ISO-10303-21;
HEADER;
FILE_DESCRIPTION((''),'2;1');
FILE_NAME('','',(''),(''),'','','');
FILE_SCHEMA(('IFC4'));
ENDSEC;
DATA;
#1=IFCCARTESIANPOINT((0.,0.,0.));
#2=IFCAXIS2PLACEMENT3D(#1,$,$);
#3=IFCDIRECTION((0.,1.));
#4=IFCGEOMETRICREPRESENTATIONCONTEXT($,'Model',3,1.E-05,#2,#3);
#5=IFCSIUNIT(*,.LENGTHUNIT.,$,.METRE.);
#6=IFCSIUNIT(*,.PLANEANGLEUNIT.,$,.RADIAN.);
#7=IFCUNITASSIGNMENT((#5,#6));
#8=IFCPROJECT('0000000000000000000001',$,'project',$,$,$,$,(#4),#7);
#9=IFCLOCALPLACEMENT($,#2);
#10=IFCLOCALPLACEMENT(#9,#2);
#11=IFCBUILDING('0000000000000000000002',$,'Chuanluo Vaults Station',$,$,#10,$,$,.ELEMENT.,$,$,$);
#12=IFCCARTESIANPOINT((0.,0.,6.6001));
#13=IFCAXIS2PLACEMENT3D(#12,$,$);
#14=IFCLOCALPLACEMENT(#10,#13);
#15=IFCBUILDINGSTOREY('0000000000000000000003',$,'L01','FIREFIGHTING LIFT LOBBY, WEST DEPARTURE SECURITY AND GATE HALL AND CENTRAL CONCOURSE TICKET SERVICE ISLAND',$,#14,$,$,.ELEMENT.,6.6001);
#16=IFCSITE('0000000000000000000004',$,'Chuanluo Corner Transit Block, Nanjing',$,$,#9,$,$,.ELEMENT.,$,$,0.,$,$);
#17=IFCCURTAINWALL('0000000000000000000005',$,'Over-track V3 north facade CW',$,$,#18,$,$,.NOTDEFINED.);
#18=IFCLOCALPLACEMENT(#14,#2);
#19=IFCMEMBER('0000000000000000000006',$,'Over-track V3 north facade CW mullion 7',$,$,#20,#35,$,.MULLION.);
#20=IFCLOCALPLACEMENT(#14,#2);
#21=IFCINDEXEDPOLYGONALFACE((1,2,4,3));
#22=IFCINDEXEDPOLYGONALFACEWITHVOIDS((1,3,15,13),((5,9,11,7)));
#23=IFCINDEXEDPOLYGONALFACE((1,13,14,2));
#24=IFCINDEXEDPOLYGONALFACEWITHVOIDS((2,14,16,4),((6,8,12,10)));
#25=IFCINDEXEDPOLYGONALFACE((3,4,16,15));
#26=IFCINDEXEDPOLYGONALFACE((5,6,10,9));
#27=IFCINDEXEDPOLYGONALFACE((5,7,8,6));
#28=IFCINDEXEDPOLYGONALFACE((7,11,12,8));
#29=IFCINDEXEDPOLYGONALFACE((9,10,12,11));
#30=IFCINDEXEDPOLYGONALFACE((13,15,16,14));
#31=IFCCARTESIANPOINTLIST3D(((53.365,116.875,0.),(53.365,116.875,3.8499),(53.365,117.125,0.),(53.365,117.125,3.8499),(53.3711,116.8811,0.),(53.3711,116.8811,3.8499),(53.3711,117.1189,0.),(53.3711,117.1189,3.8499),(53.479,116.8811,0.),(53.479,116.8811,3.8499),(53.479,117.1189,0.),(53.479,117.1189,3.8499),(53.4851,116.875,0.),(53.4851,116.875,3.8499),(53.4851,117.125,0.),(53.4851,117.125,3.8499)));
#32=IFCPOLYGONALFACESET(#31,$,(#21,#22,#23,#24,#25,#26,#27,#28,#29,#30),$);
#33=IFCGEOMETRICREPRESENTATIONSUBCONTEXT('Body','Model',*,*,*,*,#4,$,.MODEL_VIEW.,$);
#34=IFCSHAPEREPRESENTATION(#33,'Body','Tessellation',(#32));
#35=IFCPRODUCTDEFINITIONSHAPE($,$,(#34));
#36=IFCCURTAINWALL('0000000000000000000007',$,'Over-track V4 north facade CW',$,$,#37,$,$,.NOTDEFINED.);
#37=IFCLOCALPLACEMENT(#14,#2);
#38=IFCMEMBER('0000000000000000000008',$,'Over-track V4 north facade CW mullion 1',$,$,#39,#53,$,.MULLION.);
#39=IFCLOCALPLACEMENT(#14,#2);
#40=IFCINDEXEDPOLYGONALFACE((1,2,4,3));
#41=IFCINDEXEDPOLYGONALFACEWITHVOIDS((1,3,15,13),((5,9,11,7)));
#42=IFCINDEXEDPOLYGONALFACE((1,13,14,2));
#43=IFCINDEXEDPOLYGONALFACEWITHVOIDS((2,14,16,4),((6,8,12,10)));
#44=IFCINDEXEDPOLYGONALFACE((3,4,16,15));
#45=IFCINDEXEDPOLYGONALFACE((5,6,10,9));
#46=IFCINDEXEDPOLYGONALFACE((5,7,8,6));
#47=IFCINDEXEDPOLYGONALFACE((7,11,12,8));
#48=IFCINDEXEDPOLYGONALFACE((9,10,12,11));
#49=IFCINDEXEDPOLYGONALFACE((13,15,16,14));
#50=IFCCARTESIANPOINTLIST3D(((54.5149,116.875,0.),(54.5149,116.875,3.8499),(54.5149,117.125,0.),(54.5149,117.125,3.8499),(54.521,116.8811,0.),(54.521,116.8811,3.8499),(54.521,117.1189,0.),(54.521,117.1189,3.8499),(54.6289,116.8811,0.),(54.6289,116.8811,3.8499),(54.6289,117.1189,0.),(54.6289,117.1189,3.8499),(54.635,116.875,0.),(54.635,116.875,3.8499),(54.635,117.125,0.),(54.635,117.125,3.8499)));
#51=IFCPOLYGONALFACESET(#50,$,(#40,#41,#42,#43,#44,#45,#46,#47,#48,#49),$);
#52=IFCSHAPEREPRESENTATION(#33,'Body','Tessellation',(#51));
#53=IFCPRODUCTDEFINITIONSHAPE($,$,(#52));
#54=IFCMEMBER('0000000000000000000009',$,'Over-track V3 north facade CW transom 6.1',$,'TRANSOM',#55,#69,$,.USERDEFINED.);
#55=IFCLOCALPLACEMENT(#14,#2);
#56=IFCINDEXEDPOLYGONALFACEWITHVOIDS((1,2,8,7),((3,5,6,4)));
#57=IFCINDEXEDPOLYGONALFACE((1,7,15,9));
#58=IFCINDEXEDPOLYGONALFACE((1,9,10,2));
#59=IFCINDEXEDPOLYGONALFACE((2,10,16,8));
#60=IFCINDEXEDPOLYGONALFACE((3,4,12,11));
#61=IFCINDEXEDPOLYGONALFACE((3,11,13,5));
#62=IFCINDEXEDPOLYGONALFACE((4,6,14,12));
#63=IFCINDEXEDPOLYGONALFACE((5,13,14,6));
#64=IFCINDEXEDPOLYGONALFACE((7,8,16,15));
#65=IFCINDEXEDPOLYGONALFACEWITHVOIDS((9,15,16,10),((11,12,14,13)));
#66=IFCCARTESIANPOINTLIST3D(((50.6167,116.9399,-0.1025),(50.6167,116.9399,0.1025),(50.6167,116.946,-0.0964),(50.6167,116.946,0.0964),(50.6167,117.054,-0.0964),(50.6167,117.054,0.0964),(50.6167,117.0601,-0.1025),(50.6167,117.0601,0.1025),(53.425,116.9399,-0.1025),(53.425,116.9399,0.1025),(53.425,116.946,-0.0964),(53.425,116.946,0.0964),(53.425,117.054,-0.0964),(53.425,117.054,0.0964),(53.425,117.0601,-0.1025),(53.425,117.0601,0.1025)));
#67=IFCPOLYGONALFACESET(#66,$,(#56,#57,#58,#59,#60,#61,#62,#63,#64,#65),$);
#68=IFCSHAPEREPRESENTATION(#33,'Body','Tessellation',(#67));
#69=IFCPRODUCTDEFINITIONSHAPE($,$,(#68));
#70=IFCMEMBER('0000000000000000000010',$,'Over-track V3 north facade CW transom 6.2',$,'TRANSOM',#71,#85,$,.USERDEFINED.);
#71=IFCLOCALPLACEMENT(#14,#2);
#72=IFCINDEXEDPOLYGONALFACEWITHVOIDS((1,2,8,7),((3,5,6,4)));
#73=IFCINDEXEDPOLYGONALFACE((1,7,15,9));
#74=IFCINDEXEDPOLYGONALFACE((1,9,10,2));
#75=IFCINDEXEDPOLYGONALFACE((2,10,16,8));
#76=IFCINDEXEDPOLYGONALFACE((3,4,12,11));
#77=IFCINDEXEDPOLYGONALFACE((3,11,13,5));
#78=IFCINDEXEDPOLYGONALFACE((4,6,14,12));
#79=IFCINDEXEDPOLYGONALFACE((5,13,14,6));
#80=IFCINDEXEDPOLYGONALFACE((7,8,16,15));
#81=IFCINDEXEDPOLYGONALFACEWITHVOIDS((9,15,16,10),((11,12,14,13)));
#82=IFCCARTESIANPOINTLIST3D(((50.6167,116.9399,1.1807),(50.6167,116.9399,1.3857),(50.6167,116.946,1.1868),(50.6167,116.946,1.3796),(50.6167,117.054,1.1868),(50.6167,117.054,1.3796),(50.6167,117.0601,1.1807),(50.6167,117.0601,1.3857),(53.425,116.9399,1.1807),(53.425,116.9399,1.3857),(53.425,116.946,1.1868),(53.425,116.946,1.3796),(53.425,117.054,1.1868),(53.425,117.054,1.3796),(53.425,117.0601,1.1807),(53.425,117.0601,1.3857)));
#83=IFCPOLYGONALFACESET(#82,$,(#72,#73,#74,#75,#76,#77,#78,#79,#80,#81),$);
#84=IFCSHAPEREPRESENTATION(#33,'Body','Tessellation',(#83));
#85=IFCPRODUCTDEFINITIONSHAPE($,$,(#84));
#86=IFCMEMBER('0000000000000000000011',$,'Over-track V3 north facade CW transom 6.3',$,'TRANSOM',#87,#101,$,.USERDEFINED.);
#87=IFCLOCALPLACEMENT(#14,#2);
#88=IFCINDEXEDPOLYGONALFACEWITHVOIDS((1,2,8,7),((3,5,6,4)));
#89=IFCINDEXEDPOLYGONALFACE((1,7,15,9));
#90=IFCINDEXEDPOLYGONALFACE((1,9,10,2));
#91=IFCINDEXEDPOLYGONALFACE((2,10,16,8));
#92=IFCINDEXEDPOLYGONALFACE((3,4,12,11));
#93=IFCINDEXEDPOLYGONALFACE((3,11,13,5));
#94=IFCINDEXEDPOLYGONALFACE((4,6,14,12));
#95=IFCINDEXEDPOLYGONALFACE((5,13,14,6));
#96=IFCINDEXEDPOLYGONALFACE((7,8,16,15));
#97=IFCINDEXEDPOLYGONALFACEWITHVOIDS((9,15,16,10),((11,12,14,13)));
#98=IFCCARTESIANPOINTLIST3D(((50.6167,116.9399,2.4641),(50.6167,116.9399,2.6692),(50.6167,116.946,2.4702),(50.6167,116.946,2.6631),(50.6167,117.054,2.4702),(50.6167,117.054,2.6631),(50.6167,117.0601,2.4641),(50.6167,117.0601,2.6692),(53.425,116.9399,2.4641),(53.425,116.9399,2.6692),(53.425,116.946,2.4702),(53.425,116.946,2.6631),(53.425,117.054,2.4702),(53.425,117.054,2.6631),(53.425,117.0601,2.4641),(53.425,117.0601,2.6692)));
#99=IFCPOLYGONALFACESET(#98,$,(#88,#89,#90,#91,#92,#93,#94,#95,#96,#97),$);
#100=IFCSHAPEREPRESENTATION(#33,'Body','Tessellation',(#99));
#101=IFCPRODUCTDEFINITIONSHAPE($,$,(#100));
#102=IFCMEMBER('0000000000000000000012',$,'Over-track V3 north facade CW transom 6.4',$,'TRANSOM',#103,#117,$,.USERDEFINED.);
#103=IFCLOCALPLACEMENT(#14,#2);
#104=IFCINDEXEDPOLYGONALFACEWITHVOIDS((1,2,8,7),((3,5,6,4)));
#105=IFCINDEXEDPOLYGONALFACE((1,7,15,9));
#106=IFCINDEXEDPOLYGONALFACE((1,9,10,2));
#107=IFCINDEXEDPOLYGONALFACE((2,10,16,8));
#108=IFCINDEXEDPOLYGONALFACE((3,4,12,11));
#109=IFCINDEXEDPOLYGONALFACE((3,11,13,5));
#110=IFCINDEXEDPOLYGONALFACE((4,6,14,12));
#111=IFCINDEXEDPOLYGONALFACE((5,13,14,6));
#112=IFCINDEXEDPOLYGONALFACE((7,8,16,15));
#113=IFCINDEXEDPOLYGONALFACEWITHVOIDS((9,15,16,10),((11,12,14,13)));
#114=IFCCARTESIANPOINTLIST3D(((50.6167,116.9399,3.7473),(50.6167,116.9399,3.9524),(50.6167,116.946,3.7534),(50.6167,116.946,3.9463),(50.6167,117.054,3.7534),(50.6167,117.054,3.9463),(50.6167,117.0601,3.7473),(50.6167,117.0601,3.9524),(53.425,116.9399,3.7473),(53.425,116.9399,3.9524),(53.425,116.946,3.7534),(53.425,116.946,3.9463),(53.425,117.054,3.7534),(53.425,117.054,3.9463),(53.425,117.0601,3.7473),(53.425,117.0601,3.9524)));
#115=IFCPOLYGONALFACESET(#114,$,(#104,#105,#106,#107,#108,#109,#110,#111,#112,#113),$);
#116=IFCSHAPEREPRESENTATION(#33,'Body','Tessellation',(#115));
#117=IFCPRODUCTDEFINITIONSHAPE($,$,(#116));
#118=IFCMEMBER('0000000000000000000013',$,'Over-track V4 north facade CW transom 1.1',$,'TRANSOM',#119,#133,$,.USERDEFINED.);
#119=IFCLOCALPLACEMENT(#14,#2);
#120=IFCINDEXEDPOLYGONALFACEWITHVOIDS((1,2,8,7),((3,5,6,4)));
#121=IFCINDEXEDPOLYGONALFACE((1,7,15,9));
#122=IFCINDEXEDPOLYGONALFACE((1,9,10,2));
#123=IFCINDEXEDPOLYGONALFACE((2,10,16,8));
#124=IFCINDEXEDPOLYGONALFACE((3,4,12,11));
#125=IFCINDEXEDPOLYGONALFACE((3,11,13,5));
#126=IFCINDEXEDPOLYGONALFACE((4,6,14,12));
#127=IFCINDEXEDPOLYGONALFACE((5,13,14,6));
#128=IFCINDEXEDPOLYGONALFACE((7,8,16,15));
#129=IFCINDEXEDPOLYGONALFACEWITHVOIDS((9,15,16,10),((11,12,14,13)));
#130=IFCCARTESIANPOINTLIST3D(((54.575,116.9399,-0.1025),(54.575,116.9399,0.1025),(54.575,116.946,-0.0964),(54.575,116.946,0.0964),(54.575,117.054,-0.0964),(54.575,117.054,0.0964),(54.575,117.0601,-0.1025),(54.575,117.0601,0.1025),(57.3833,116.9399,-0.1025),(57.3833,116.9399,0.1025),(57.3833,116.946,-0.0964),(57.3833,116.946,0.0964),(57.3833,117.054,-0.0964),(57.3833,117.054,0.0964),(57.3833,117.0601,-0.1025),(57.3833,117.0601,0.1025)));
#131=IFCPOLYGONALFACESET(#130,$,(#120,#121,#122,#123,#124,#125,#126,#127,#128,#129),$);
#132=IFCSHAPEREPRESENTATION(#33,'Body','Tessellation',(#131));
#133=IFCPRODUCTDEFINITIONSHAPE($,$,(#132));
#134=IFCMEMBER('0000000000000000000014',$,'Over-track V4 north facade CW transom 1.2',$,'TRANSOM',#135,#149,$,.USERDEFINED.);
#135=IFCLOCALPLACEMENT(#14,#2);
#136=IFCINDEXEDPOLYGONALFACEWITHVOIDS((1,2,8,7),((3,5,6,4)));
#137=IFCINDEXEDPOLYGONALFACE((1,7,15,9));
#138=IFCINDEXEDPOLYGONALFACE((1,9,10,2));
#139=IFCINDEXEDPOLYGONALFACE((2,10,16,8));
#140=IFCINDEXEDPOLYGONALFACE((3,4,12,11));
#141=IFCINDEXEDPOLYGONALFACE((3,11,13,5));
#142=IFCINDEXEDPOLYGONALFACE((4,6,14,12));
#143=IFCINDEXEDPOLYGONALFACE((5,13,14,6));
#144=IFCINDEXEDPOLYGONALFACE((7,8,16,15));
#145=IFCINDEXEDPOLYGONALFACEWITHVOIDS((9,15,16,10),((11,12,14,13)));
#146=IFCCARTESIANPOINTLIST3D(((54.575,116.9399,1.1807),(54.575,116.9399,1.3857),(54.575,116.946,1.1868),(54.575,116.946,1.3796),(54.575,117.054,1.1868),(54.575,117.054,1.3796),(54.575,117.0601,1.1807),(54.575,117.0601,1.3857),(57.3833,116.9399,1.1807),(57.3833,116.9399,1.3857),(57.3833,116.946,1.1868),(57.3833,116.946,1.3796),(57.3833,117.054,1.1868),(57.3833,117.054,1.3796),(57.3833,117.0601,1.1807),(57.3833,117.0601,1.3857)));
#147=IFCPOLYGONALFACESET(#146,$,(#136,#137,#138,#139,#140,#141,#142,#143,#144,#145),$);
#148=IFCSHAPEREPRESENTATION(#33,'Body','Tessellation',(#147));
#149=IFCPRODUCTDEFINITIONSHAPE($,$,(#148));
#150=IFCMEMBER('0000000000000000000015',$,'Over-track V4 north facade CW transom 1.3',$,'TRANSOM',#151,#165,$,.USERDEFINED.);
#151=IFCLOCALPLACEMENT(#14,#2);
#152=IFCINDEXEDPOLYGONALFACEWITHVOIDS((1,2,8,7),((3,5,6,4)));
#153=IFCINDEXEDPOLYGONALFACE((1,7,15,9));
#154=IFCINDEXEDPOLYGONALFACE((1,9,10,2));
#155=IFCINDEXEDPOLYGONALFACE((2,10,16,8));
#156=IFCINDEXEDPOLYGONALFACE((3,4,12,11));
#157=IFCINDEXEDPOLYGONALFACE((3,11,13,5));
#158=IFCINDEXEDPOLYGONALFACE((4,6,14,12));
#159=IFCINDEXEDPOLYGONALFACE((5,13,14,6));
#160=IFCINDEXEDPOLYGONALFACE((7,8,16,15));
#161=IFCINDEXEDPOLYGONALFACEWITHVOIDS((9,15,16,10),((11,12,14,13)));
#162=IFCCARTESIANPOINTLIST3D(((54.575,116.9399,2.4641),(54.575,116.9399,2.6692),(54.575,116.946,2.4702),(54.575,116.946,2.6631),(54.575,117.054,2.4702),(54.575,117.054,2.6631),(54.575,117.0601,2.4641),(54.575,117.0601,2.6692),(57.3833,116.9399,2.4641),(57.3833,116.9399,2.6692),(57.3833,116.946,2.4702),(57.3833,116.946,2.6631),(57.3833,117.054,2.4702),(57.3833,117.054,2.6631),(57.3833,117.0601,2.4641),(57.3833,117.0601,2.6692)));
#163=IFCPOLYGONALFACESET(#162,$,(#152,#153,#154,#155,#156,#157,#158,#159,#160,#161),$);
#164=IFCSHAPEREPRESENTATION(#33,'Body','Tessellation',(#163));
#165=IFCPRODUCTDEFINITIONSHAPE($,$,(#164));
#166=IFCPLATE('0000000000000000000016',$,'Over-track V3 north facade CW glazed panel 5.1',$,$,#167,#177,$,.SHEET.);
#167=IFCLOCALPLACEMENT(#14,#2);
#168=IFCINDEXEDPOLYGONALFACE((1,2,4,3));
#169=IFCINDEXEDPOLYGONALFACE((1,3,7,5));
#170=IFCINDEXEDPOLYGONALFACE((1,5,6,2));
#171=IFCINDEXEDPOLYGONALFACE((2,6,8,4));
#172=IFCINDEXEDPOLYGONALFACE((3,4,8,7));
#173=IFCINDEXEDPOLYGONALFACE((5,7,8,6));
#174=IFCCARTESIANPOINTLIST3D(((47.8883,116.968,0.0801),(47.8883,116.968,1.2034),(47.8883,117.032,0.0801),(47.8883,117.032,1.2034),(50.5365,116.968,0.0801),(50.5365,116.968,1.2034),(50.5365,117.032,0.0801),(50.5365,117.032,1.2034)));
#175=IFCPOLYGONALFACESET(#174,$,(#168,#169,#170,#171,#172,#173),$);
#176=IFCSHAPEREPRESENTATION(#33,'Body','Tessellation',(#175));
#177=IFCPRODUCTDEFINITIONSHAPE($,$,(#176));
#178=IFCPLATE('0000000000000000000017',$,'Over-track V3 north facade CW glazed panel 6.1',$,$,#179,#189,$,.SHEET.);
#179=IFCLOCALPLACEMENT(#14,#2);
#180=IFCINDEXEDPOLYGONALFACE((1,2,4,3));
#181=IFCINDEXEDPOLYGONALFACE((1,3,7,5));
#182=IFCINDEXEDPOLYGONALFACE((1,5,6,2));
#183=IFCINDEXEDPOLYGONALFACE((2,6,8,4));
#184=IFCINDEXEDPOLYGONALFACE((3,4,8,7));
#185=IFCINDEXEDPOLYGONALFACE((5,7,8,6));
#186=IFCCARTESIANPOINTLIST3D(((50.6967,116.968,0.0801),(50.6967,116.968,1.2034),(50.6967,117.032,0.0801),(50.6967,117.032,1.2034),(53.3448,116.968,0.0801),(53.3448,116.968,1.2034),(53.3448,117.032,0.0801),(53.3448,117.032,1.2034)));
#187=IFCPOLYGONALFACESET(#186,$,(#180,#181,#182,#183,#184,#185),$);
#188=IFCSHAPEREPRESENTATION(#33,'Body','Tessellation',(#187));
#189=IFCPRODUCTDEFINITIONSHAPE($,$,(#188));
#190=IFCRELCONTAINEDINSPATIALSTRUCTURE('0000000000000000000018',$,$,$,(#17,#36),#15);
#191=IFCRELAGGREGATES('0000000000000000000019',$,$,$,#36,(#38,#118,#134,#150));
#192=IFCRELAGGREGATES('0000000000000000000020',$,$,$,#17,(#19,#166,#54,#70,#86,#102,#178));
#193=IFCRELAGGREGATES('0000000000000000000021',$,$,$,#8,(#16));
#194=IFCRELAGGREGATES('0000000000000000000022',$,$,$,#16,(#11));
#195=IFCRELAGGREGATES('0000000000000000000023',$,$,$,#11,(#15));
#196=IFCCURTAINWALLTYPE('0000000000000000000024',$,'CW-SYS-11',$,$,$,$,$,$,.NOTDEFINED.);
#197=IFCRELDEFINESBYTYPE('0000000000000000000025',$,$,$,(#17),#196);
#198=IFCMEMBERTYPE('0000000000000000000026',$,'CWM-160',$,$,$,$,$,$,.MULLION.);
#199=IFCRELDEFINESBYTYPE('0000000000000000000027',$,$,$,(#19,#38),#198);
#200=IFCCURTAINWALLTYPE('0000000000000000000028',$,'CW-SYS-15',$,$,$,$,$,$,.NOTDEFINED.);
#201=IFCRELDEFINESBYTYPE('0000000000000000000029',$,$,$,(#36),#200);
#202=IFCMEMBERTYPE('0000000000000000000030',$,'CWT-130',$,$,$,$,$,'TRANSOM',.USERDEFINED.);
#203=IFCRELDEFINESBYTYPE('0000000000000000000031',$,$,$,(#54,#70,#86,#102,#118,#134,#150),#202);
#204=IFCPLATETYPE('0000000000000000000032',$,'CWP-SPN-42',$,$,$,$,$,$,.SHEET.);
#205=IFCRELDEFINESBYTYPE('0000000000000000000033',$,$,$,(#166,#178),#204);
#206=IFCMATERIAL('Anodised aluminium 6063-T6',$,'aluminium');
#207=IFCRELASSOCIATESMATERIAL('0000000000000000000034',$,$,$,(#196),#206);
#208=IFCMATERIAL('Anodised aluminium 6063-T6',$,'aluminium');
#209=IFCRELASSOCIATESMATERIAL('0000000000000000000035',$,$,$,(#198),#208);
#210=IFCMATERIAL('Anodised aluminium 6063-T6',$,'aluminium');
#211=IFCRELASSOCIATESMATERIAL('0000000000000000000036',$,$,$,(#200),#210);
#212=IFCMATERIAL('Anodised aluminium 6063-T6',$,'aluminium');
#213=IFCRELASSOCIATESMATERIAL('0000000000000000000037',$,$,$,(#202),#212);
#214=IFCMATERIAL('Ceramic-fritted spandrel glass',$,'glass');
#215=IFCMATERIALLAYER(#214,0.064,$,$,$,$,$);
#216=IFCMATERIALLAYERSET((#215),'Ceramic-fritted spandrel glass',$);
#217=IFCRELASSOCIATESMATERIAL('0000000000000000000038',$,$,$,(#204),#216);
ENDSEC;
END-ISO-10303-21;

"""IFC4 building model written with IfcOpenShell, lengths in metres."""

from ifc_helpers import new_model, si_unit, direction, frame, origin, origin_2d, place, context, subcontext, project, spatial, rectangle, hollow_rectangle, extrude, material, layer, layer_set, material_profile, profile_set, type_object, element, aggregate, save


model = new_model("IFC4")

# Units and contexts
model_context = context("Model", 3, precision=1e-05, world=origin(), true_north=direction((0.0, 1.0)))
body_context = subcontext(model_context, "Body", "Model", "MODEL_VIEW")
ifc_project = project(units=[si_unit("LENGTHUNIT", "METRE"), si_unit("PLANEANGLEUNIT", "RADIAN")], contexts=[model_context])

# Site, building, storey
site_placement = place(None, origin())
site = spatial("IfcSite", under=ifc_project, at=site_placement, Name="Chuanluo Corner Transit Block, Nanjing", CompositionType="ELEMENT", RefElevation=0.0)
building_placement = place(site_placement, origin())
building = spatial("IfcBuilding", under=site, at=building_placement, Name="Chuanluo Vaults Station", CompositionType="ELEMENT")
storey_placement = place(building_placement, frame((0.0, 0.0, 6.6001)))
storey = spatial("IfcBuildingStorey", under=building, at=storey_placement, Name="L01", Description="FIREFIGHTING LIFT LOBBY, WEST DEPARTURE SECURITY AND GATE HALL AND CENTRAL CONCOURSE TICKET SERVICE ISLAND", CompositionType="ELEMENT", Elevation=6.6001)

# Curtain wall, member
ifc_material_1 = material(Name="Anodised aluminium 6063-T6", Category="aluminium")
curtain_wall_type_1 = type_object("IfcCurtainWallType", Name="CW-SYS-11", PredefinedType="NOTDEFINED", material=ifc_material_1)
curtain_wall_1_placement = place(storey_placement, origin())
curtain_wall_1 = element("IfcCurtainWall", 1, at=curtain_wall_1_placement, inside=storey, type_object=curtain_wall_type_1, Name="Over-track V3 north facade CW", PredefinedType="NOTDEFINED")
ifc_material_2 = material(Name="Anodised aluminium 6063-T6", Category="aluminium")
ifc_material_profile_1 = material_profile(ifc_material_2, hollow_rectangle(XDim=0.1201, YDim=0.25, WallThickness=0.0061, at=origin_2d()))
ifc_profile_set_1 = profile_set([ifc_material_profile_1], Name="Anodised aluminium 6063-T6")
member_type_1 = type_object("IfcMemberType", Name="CWM-160", PredefinedType="MULLION", material=ifc_profile_set_1)
member_1_placement = place(storey_placement, frame((53.425, 117.0, 0.0), z_axis=(0.0, 0.0, 1.0), x_axis=(1.0, 0.0, 0.0)))
member_1 = element("IfcMember", 2, at=member_1_placement, type_object=member_type_1, Name="Over-track V3 north facade CW mullion 7", PredefinedType="MULLION", context=body_context, shape_type="SweptSolid", body=[
    extrude(hollow_rectangle(XDim=0.1201, YDim=0.25, WallThickness=0.0061, at=origin_2d()), origin(), (0.0, 0.0, 1.0), 3.8499),
])

# Curtain wall, member
ifc_material_3 = material(Name="Anodised aluminium 6063-T6", Category="aluminium")
curtain_wall_type_2 = type_object("IfcCurtainWallType", Name="CW-SYS-15", PredefinedType="NOTDEFINED", material=ifc_material_3)
curtain_wall_2_placement = place(storey_placement, origin())
curtain_wall_2 = element("IfcCurtainWall", 3, at=curtain_wall_2_placement, inside=storey, type_object=curtain_wall_type_2, Name="Over-track V4 north facade CW", PredefinedType="NOTDEFINED")
member_2_placement = place(storey_placement, frame((54.575, 117.0, 0.0), z_axis=(0.0, 0.0, 1.0), x_axis=(1.0, 0.0, 0.0)))
member_2 = element("IfcMember", 4, at=member_2_placement, type_object=member_type_1, Name="Over-track V4 north facade CW mullion 1", PredefinedType="MULLION", context=body_context, shape_type="SweptSolid", body=[
    extrude(hollow_rectangle(XDim=0.1201, YDim=0.25, WallThickness=0.0061, at=origin_2d()), origin(), (0.0, 0.0, 1.0), 3.8499),
])

# Members
ifc_material_4 = material(Name="Anodised aluminium 6063-T6", Category="aluminium")
ifc_material_profile_2 = material_profile(ifc_material_4, hollow_rectangle(XDim=0.1201, YDim=0.2051, WallThickness=0.0061, at=origin_2d()))
ifc_profile_set_2 = profile_set([ifc_material_profile_2], Name="Anodised aluminium 6063-T6")
member_type_2 = type_object("IfcMemberType", Name="CWT-130", ElementType="TRANSOM", PredefinedType="USERDEFINED", material=ifc_profile_set_2)
member_3_placement = place(storey_placement, frame((50.6167, 117.0, 0.0), z_axis=(1.0, 0.0, 0.0), x_axis=(0.0, 1.0, 0.0)))
member_3 = element("IfcMember", 5, at=member_3_placement, type_object=member_type_2, Name="Over-track V3 north facade CW transom 6.1", ObjectType="TRANSOM", PredefinedType="USERDEFINED", context=body_context, shape_type="SweptSolid", body=[
    extrude(hollow_rectangle(XDim=0.1201, YDim=0.2051, WallThickness=0.0061, at=origin_2d()), origin(), (0.0, 0.0, 1.0), 2.8083),
])
member_4_placement = place(storey_placement, frame((50.6167, 117.0, 1.2832), z_axis=(1.0, 0.0, 0.0), x_axis=(0.0, 1.0, 0.0)))
member_4 = element("IfcMember", 6, at=member_4_placement, type_object=member_type_2, Name="Over-track V3 north facade CW transom 6.2", ObjectType="TRANSOM", PredefinedType="USERDEFINED", context=body_context, shape_type="SweptSolid", body=[
    extrude(hollow_rectangle(XDim=0.1201, YDim=0.2051, WallThickness=0.0061, at=origin_2d()), origin(), (0.0, 0.0, 1.0), 2.8083),
])
member_5_placement = place(storey_placement, frame((50.6167, 117.0, 2.5667), z_axis=(1.0, 0.0, 0.0), x_axis=(0.0, 1.0, 0.0)))
member_5 = element("IfcMember", 7, at=member_5_placement, type_object=member_type_2, Name="Over-track V3 north facade CW transom 6.3", ObjectType="TRANSOM", PredefinedType="USERDEFINED", context=body_context, shape_type="SweptSolid", body=[
    extrude(hollow_rectangle(XDim=0.1201, YDim=0.2051, WallThickness=0.0061, at=origin_2d()), origin(), (0.0, 0.0, 1.0), 2.8083),
])
member_6_placement = place(storey_placement, frame((50.6167, 117.0, 3.8499), z_axis=(1.0, 0.0, 0.0), x_axis=(0.0, 1.0, 0.0)))
member_6 = element("IfcMember", 8, at=member_6_placement, type_object=member_type_2, Name="Over-track V3 north facade CW transom 6.4", ObjectType="TRANSOM", PredefinedType="USERDEFINED", context=body_context, shape_type="SweptSolid", body=[
    extrude(hollow_rectangle(XDim=0.1201, YDim=0.2051, WallThickness=0.0061, at=origin_2d()), origin(), (0.0, 0.0, 1.0), 2.8083),
])
member_7_placement = place(storey_placement, frame((54.575, 117.0, 0.0), z_axis=(1.0, 0.0, 0.0), x_axis=(0.0, 1.0, 0.0)))
member_7 = element("IfcMember", 9, at=member_7_placement, type_object=member_type_2, Name="Over-track V4 north facade CW transom 1.1", ObjectType="TRANSOM", PredefinedType="USERDEFINED", context=body_context, shape_type="SweptSolid", body=[
    extrude(hollow_rectangle(XDim=0.1201, YDim=0.2051, WallThickness=0.0061, at=origin_2d()), origin(), (0.0, 0.0, 1.0), 2.8083),
])
member_8_placement = place(storey_placement, frame((54.575, 117.0, 1.2832), z_axis=(1.0, 0.0, 0.0), x_axis=(0.0, 1.0, 0.0)))
member_8 = element("IfcMember", 10, at=member_8_placement, type_object=member_type_2, Name="Over-track V4 north facade CW transom 1.2", ObjectType="TRANSOM", PredefinedType="USERDEFINED", context=body_context, shape_type="SweptSolid", body=[
    extrude(hollow_rectangle(XDim=0.1201, YDim=0.2051, WallThickness=0.0061, at=origin_2d()), origin(), (0.0, 0.0, 1.0), 2.8083),
])
member_9_placement = place(storey_placement, frame((54.575, 117.0, 2.5667), z_axis=(1.0, 0.0, 0.0), x_axis=(0.0, 1.0, 0.0)))
member_9 = element("IfcMember", 11, at=member_9_placement, type_object=member_type_2, Name="Over-track V4 north facade CW transom 1.3", ObjectType="TRANSOM", PredefinedType="USERDEFINED", context=body_context, shape_type="SweptSolid", body=[
    extrude(hollow_rectangle(XDim=0.1201, YDim=0.2051, WallThickness=0.0061, at=origin_2d()), origin(), (0.0, 0.0, 1.0), 2.8083),
])
aggregate(curtain_wall_2, [member_2, member_7, member_8, member_9])

# Plates
ifc_material_5 = material(Name="Ceramic-fritted spandrel glass", Category="glass")
ifc_layer_1 = layer(ifc_material_5, 0.064)
ifc_layer_set_1 = layer_set([ifc_layer_1], Name="Ceramic-fritted spandrel glass")
plate_type_1 = type_object("IfcPlateType", Name="CWP-SPN-42", PredefinedType="SHEET", material=ifc_layer_set_1)
plate_1_placement = place(storey_placement, frame((49.2124, 117.0, 0.0801), z_axis=(0.0, 0.0, 1.0), x_axis=(1.0, 0.0, 0.0)))
plate_1 = element("IfcPlate", 12, at=plate_1_placement, type_object=plate_type_1, Name="Over-track V3 north facade CW glazed panel 5.1", PredefinedType="SHEET", context=body_context, shape_type="SweptSolid", body=[
    extrude(rectangle(XDim=2.6482, YDim=0.064, at=origin_2d()), origin(), (0.0, 0.0, 1.0), 1.1233),
])
plate_2_placement = place(storey_placement, frame((52.0208, 117.0, 0.0801), z_axis=(0.0, 0.0, 1.0), x_axis=(1.0, 0.0, 0.0)))
plate_2 = element("IfcPlate", 13, at=plate_2_placement, type_object=plate_type_1, Name="Over-track V3 north facade CW glazed panel 6.1", PredefinedType="SHEET", context=body_context, shape_type="SweptSolid", body=[
    extrude(rectangle(XDim=2.6482, YDim=0.064, at=origin_2d()), origin(), (0.0, 0.0, 1.0), 1.1233),
])
aggregate(curtain_wall_1, [member_1, plate_1, member_3, member_4, member_5, member_6, plate_2])

save(model, "model.ifc")
